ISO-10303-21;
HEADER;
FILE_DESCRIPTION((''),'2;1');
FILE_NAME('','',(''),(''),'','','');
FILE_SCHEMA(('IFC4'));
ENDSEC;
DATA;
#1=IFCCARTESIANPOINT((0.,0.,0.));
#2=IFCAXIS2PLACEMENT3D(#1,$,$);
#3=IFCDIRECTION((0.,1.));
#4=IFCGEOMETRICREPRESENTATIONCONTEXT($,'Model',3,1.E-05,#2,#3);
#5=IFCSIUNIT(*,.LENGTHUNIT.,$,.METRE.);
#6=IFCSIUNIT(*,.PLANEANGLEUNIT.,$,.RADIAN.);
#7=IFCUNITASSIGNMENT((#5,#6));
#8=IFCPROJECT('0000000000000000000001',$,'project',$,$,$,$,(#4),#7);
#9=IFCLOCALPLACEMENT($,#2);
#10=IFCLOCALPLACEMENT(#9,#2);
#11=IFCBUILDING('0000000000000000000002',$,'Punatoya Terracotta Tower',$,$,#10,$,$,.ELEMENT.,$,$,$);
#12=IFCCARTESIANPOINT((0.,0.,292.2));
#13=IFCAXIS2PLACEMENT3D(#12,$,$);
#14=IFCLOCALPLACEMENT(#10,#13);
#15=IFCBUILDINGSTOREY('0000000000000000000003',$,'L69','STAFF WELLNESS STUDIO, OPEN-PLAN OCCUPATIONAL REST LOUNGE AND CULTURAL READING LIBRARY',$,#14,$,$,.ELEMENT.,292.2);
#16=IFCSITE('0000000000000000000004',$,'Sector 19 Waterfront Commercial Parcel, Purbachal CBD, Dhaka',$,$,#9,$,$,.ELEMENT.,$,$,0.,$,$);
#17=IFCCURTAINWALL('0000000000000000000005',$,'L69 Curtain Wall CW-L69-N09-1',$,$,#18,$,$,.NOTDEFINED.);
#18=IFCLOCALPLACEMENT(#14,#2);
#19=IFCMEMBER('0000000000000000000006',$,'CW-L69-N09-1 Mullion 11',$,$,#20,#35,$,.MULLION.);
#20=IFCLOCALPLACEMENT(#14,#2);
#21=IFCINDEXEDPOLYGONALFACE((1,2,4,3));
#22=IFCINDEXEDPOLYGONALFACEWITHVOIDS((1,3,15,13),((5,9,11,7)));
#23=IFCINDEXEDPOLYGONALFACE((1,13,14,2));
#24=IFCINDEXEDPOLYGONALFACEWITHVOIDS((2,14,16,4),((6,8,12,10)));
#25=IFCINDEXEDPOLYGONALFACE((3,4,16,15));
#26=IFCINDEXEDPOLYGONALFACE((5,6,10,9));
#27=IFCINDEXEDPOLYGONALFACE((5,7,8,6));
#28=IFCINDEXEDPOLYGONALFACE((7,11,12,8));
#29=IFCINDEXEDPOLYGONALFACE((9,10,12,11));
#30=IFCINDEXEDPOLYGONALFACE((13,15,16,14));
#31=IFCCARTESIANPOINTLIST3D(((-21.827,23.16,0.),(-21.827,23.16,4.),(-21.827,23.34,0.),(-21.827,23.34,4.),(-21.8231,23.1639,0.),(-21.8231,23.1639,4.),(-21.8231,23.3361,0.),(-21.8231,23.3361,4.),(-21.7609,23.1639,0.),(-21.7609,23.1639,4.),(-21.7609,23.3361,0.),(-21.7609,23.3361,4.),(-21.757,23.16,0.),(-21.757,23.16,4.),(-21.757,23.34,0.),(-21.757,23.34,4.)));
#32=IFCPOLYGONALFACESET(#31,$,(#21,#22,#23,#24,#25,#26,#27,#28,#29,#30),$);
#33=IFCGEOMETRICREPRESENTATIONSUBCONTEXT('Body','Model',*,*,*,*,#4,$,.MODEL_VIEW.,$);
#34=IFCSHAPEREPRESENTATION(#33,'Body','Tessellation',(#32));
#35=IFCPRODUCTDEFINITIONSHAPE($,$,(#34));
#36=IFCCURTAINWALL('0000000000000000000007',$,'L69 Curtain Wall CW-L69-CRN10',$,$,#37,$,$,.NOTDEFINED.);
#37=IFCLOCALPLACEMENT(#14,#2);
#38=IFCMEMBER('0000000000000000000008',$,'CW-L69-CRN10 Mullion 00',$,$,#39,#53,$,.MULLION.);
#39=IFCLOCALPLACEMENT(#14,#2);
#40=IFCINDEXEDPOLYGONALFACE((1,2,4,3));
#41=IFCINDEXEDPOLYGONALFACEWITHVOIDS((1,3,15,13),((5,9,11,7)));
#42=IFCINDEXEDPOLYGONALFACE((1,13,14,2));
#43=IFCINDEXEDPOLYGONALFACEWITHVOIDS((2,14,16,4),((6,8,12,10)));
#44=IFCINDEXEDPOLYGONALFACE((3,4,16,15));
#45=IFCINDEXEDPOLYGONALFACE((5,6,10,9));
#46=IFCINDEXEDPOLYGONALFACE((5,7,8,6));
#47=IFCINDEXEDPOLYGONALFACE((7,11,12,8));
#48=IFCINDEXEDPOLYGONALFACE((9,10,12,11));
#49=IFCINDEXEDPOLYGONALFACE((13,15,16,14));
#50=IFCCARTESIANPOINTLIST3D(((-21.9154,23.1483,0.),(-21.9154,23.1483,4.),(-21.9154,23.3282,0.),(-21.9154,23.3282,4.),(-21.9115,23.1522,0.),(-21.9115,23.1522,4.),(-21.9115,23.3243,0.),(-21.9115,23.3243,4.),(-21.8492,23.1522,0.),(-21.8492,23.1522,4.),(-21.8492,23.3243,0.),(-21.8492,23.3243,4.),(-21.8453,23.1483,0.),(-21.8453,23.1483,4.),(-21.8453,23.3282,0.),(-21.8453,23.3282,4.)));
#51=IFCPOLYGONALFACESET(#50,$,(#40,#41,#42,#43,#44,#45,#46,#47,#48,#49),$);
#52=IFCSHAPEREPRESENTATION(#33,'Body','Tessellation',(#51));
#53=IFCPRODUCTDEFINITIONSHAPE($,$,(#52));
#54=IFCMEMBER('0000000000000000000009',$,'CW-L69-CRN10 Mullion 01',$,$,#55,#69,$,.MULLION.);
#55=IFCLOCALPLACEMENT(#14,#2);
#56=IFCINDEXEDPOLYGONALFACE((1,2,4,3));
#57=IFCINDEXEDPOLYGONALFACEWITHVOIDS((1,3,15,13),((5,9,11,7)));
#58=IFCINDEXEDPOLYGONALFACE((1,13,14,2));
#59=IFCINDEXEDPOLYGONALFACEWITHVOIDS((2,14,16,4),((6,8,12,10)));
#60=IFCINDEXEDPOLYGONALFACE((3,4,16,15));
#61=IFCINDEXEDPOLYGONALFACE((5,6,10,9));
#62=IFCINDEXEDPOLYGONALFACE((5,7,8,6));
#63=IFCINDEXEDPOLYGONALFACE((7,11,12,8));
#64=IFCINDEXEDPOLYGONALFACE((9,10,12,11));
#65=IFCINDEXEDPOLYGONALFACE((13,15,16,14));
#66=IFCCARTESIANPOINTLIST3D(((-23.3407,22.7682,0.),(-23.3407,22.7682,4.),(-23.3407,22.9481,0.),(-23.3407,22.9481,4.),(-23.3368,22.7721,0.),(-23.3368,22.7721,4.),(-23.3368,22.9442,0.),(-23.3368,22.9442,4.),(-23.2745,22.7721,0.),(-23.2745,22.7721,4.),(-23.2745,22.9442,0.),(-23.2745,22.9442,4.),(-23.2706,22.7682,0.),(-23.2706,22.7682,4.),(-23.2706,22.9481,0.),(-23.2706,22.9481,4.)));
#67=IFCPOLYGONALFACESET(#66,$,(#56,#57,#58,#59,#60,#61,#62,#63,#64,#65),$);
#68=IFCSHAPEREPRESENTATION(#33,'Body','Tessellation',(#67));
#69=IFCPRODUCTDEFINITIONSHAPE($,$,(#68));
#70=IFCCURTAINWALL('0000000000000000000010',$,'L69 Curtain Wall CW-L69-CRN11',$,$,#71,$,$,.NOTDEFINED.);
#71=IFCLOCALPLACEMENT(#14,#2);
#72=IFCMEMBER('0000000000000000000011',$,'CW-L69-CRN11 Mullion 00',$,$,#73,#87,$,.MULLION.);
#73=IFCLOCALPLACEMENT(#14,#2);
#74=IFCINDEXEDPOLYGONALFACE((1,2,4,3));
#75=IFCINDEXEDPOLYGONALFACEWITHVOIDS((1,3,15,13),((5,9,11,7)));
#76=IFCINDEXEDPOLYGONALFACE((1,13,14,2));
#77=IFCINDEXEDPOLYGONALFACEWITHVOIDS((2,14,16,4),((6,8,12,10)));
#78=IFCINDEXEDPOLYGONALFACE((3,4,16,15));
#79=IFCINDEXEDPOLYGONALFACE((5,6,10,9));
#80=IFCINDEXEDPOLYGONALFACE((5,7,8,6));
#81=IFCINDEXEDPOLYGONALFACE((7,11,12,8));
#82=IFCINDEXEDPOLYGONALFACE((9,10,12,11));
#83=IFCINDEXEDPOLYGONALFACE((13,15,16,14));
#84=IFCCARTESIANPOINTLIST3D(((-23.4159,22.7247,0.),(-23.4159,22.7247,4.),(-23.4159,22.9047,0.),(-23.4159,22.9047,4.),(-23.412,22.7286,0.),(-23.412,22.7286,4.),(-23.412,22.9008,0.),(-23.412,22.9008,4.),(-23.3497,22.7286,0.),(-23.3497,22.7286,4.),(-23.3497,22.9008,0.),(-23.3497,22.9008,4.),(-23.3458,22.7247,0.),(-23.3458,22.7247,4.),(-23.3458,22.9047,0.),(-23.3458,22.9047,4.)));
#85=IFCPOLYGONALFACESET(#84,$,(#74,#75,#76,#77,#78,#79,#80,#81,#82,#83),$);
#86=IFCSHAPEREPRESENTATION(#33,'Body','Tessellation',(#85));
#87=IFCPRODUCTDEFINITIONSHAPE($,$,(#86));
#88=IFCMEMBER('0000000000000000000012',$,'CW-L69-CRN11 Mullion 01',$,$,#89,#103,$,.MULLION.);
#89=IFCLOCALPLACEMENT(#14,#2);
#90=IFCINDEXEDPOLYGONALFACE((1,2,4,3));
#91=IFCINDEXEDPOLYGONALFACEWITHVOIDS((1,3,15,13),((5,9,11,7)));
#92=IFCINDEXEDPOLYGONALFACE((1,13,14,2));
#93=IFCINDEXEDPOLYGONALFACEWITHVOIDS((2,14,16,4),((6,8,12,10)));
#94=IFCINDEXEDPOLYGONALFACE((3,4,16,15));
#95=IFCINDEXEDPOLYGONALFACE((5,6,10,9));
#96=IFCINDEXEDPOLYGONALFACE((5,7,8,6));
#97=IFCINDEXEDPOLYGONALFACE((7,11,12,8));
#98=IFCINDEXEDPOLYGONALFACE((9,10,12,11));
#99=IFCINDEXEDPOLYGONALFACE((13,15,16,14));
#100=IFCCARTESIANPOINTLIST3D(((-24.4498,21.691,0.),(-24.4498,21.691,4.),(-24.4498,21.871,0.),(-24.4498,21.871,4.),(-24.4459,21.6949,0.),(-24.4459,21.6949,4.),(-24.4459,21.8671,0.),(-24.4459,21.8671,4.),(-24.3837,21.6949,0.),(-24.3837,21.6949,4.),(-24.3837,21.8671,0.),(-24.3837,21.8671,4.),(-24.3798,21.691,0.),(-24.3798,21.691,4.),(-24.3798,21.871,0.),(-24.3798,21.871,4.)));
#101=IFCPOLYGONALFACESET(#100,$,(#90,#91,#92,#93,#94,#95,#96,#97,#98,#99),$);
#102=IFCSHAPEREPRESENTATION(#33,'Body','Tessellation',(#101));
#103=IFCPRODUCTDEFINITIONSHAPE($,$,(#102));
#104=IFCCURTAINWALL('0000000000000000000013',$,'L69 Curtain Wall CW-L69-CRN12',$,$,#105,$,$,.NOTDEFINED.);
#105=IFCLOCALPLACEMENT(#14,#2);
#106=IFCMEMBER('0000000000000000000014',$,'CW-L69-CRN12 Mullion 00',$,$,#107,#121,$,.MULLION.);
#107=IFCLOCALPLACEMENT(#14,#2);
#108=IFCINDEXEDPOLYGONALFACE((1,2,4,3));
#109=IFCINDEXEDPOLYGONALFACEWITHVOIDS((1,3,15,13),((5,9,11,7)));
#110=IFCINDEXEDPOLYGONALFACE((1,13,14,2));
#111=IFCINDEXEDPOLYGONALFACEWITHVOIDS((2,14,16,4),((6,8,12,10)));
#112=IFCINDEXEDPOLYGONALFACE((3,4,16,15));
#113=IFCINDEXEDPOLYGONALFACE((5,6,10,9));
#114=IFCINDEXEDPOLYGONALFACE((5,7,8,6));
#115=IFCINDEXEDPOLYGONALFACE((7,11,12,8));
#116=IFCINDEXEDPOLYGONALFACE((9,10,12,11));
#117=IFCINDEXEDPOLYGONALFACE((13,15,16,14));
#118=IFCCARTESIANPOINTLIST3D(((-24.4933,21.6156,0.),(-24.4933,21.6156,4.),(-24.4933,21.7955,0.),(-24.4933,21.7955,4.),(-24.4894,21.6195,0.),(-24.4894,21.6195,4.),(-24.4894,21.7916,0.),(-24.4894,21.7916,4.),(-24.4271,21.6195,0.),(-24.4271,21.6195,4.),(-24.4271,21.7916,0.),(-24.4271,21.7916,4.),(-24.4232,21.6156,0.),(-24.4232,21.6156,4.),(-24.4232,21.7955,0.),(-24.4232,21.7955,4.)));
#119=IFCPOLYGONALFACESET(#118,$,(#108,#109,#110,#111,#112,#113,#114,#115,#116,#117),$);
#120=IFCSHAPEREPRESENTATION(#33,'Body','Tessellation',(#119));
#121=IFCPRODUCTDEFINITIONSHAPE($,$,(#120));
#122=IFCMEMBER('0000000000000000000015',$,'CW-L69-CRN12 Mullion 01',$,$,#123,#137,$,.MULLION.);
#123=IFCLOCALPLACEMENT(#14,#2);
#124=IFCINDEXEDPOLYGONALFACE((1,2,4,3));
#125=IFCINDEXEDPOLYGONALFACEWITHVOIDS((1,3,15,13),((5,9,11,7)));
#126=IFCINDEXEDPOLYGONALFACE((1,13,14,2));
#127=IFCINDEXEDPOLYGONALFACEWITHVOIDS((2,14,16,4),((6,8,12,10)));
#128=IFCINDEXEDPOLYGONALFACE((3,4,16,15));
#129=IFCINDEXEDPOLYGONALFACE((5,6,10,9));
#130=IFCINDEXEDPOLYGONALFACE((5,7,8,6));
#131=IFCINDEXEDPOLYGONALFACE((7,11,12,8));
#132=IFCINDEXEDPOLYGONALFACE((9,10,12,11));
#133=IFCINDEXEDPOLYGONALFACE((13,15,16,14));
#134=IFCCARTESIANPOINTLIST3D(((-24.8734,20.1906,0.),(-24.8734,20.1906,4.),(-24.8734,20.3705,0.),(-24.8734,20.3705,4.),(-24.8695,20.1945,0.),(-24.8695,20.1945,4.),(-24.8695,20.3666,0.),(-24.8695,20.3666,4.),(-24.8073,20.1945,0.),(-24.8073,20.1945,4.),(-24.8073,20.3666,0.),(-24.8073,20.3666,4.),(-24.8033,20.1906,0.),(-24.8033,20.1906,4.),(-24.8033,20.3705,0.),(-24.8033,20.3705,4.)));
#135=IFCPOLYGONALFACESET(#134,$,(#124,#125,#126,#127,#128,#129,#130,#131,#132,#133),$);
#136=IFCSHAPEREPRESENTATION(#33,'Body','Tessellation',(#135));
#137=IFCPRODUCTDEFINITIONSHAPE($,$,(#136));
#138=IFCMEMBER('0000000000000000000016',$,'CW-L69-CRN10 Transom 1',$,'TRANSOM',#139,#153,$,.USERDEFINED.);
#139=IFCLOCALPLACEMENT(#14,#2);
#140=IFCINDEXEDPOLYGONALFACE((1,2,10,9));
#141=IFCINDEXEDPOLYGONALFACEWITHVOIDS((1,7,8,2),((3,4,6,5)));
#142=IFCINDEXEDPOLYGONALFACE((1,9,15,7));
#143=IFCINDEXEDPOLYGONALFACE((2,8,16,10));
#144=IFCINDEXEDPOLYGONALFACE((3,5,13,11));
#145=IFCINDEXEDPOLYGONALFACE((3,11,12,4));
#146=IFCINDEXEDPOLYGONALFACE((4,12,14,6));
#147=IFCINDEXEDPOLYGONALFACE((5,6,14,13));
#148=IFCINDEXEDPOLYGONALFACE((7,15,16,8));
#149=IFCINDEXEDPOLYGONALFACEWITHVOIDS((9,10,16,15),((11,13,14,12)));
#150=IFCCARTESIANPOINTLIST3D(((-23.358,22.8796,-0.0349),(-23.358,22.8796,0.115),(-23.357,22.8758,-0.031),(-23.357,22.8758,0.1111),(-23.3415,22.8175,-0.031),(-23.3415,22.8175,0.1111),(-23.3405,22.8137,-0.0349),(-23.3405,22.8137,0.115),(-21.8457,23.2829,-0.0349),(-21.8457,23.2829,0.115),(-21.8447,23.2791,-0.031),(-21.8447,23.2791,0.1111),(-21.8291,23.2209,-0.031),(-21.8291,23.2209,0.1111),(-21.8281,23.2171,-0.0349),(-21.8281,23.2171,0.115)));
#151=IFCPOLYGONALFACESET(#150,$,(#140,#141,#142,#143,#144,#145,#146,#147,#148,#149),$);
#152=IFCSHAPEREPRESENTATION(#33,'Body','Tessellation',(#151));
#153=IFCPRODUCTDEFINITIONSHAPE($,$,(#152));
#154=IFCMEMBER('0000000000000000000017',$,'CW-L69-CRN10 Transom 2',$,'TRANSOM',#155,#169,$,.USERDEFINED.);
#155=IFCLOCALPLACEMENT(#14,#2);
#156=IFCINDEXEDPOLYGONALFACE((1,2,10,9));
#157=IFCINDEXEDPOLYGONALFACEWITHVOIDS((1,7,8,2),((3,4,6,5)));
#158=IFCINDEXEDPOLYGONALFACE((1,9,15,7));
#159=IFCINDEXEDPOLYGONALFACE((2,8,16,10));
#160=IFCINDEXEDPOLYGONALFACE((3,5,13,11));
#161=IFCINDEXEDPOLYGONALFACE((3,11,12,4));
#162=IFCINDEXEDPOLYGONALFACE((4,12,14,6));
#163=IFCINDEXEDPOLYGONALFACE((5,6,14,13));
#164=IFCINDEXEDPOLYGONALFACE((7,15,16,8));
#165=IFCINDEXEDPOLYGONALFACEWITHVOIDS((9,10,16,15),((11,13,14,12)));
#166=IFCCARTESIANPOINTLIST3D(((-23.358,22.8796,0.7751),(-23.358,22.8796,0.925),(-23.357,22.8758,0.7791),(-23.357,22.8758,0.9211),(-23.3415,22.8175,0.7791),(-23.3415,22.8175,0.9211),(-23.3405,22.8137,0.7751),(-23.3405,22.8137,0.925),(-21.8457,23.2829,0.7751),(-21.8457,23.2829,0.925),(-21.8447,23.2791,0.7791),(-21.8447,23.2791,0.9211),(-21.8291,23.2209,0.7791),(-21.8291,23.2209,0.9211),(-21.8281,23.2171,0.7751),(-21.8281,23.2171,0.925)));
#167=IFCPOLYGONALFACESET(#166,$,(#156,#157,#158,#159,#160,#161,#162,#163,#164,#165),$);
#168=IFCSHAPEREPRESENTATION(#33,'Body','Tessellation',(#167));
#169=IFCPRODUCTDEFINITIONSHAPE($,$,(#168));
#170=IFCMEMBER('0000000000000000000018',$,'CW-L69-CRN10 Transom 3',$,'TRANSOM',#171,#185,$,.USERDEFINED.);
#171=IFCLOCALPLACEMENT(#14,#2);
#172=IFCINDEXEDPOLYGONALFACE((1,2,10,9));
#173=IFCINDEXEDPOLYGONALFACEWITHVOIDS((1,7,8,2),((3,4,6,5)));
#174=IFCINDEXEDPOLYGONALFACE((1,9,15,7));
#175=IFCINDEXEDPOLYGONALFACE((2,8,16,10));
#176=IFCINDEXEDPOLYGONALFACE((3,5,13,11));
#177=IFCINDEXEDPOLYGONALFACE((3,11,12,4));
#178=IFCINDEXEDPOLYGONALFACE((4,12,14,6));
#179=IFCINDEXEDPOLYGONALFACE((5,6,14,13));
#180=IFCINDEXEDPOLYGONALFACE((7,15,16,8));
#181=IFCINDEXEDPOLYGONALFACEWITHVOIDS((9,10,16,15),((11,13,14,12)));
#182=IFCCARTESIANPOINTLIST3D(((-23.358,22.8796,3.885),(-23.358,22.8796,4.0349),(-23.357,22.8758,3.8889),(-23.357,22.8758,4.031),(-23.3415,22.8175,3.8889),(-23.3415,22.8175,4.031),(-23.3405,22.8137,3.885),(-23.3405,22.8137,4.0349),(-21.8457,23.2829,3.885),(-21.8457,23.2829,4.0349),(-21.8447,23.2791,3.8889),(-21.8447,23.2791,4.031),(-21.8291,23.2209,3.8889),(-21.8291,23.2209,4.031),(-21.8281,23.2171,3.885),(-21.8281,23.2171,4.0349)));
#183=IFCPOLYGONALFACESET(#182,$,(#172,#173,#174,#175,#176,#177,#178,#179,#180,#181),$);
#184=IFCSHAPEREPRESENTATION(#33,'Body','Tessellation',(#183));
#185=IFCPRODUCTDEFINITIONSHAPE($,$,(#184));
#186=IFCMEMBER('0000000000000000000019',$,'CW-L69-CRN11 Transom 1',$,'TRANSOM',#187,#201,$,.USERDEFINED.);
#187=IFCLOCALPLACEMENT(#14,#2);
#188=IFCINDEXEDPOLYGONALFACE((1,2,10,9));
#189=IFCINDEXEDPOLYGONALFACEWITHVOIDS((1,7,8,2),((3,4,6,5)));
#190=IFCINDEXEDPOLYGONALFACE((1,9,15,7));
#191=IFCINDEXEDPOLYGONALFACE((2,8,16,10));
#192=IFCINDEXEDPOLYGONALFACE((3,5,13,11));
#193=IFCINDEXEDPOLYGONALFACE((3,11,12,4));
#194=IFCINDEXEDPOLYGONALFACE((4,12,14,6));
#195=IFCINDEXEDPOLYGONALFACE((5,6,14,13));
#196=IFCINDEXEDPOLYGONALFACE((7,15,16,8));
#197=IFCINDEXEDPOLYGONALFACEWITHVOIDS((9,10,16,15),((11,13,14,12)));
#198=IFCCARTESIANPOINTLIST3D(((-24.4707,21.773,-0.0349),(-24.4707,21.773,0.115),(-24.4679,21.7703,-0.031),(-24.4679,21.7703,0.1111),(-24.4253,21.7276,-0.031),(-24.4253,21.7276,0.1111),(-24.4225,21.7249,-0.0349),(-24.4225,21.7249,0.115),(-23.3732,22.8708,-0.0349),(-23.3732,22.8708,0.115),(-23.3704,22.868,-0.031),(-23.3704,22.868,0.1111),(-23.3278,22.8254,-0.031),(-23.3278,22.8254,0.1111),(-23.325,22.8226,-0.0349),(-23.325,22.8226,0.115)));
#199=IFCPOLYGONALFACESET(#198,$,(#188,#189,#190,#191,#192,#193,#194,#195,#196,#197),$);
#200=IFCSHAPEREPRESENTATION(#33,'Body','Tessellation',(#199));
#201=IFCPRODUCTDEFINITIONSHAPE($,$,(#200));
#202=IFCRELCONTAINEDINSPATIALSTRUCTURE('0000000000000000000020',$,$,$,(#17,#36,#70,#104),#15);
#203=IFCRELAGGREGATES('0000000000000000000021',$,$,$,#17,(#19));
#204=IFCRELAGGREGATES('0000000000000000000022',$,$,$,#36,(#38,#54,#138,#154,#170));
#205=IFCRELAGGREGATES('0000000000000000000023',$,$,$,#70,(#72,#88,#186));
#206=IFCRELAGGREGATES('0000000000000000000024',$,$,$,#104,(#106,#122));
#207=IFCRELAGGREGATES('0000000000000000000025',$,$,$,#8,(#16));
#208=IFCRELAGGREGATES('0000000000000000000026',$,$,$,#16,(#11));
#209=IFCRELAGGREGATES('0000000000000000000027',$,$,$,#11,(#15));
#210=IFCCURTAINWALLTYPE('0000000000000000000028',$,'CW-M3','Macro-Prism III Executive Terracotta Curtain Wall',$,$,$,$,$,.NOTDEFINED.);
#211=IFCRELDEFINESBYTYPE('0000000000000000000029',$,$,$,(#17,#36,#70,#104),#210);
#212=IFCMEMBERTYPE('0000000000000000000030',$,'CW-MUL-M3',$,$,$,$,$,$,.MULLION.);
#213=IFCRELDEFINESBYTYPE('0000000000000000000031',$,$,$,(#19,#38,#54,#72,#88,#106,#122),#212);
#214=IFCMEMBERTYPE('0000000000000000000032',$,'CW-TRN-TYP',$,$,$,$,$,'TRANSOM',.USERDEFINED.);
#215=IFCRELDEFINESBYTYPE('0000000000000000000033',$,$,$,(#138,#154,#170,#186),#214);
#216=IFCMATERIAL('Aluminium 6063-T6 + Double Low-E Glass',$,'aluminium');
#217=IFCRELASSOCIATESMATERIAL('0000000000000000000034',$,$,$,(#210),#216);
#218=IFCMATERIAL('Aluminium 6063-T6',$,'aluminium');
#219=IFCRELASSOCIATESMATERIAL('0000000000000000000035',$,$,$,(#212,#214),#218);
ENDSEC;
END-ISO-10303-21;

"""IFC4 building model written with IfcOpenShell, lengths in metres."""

from ifc_helpers import new_model, si_unit, direction, frame, origin, origin_2d, place, context, subcontext, project, spatial, hollow_rectangle, extrude, material, material_profile, profile_set, type_object, element, aggregate, save


model = new_model("IFC4")

# Units and contexts
model_context = context("Model", 3, precision=1e-05, world=origin(), true_north=direction((0.0, 1.0)))
body_context = subcontext(model_context, "Body", "Model", "MODEL_VIEW")
ifc_project = project(units=[si_unit("LENGTHUNIT", "METRE"), si_unit("PLANEANGLEUNIT", "RADIAN")], contexts=[model_context])

# Site, building, storey
site_placement = place(None, origin())
site = spatial("IfcSite", under=ifc_project, at=site_placement, Name="Sector 19 Waterfront Commercial Parcel, Purbachal CBD, Dhaka", CompositionType="ELEMENT", RefElevation=0.0)
building_placement = place(site_placement, origin())
building = spatial("IfcBuilding", under=site, at=building_placement, Name="Punatoya Terracotta Tower", CompositionType="ELEMENT")
storey_placement = place(building_placement, frame((0.0, 0.0, 292.2)))
storey = spatial("IfcBuildingStorey", under=building, at=storey_placement, Name="L69", Description="STAFF WELLNESS STUDIO, OPEN-PLAN OCCUPATIONAL REST LOUNGE AND CULTURAL READING LIBRARY", CompositionType="ELEMENT", Elevation=292.2)

# Curtain wall, member
ifc_material_1 = material(Name="Aluminium 6063-T6 + Double Low-E Glass", Category="aluminium")
curtain_wall_type = type_object("IfcCurtainWallType", Name="CW-M3", Description="Macro-Prism III Executive Terracotta Curtain Wall", PredefinedType="NOTDEFINED", material=ifc_material_1)
curtain_wall_1_placement = place(storey_placement, origin())
curtain_wall_1 = element("IfcCurtainWall", 1, at=curtain_wall_1_placement, inside=storey, type_object=curtain_wall_type, Name="L69 Curtain Wall CW-L69-N09-1", PredefinedType="NOTDEFINED")
ifc_material_2 = material(Name="Aluminium 6063-T6", Category="aluminium")
ifc_material_profile_1 = material_profile(ifc_material_2, hollow_rectangle(XDim=0.0701, YDim=0.1799, WallThickness=0.0039, at=origin_2d()))
ifc_profile_set_1 = profile_set([ifc_material_profile_1], Name="Aluminium 6063-T6")
member_type_1 = type_object("IfcMemberType", Name="CW-MUL-M3", PredefinedType="MULLION", material=ifc_profile_set_1)
member_1_placement = place(storey_placement, frame((-21.792, 23.25, 0.0), z_axis=(0.0, 0.0, 1.0), x_axis=(1.0, 0.0, 0.0)))
member_1 = element("IfcMember", 2, at=member_1_placement, type_object=member_type_1, Name="CW-L69-N09-1 Mullion 11", PredefinedType="MULLION", context=body_context, shape_type="SweptSolid", body=[
    extrude(hollow_rectangle(XDim=0.0701, YDim=0.1799, WallThickness=0.0039, at=origin_2d()), origin(), (0.0, 0.0, 1.0), 4.0),
])

# Curtain walls, members
curtain_wall_2_placement = place(storey_placement, origin())
curtain_wall_2 = element("IfcCurtainWall", 3, at=curtain_wall_2_placement, inside=storey, type_object=curtain_wall_type, Name="L69 Curtain Wall CW-L69-CRN10", PredefinedType="NOTDEFINED")
member_2_placement = place(storey_placement, frame((-21.8804, 23.2383, 0.0), z_axis=(0.0, 0.0, 1.0), x_axis=(1.0, 0.0, 0.0)))
member_2 = element("IfcMember", 4, at=member_2_placement, type_object=member_type_1, Name="CW-L69-CRN10 Mullion 00", PredefinedType="MULLION", context=body_context, shape_type="SweptSolid", body=[
    extrude(hollow_rectangle(XDim=0.0701, YDim=0.1799, WallThickness=0.0039, at=origin_2d()), origin(), (0.0, 0.0, 1.0), 4.0),
])
member_3_placement = place(storey_placement, frame((-23.3057, 22.8582, 0.0), z_axis=(0.0, 0.0, 1.0), x_axis=(1.0, 0.0, 0.0)))
member_3 = element("IfcMember", 5, at=member_3_placement, type_object=member_type_1, Name="CW-L69-CRN10 Mullion 01", PredefinedType="MULLION", context=body_context, shape_type="SweptSolid", body=[
    extrude(hollow_rectangle(XDim=0.0701, YDim=0.1799, WallThickness=0.0039, at=origin_2d()), origin(), (0.0, 0.0, 1.0), 4.0),
])
curtain_wall_3_placement = place(storey_placement, origin())
curtain_wall_3 = element("IfcCurtainWall", 6, at=curtain_wall_3_placement, inside=storey, type_object=curtain_wall_type, Name="L69 Curtain Wall CW-L69-CRN11", PredefinedType="NOTDEFINED")
member_4_placement = place(storey_placement, frame((-23.3809, 22.8147, 0.0), z_axis=(0.0, 0.0, 1.0), x_axis=(1.0, 0.0, 0.0)))
member_4 = element("IfcMember", 7, at=member_4_placement, type_object=member_type_1, Name="CW-L69-CRN11 Mullion 00", PredefinedType="MULLION", context=body_context, shape_type="SweptSolid", body=[
    extrude(hollow_rectangle(XDim=0.0701, YDim=0.1799, WallThickness=0.0039, at=origin_2d()), origin(), (0.0, 0.0, 1.0), 4.0),
])
member_5_placement = place(storey_placement, frame((-24.4148, 21.781, 0.0), z_axis=(0.0, 0.0, 1.0), x_axis=(1.0, 0.0, 0.0)))
member_5 = element("IfcMember", 8, at=member_5_placement, type_object=member_type_1, Name="CW-L69-CRN11 Mullion 01", PredefinedType="MULLION", context=body_context, shape_type="SweptSolid", body=[
    extrude(hollow_rectangle(XDim=0.0701, YDim=0.1799, WallThickness=0.0039, at=origin_2d()), origin(), (0.0, 0.0, 1.0), 4.0),
])
curtain_wall_4_placement = place(storey_placement, origin())
curtain_wall_4 = element("IfcCurtainWall", 9, at=curtain_wall_4_placement, inside=storey, type_object=curtain_wall_type, Name="L69 Curtain Wall CW-L69-CRN12", PredefinedType="NOTDEFINED")
member_6_placement = place(storey_placement, frame((-24.4583, 21.7056, 0.0), z_axis=(0.0, 0.0, 1.0), x_axis=(1.0, 0.0, 0.0)))
member_6 = element("IfcMember", 10, at=member_6_placement, type_object=member_type_1, Name="CW-L69-CRN12 Mullion 00", PredefinedType="MULLION", context=body_context, shape_type="SweptSolid", body=[
    extrude(hollow_rectangle(XDim=0.0701, YDim=0.1799, WallThickness=0.0039, at=origin_2d()), origin(), (0.0, 0.0, 1.0), 4.0),
])
member_7_placement = place(storey_placement, frame((-24.8384, 20.2805, 0.0), z_axis=(0.0, 0.0, 1.0), x_axis=(1.0, 0.0, 0.0)))
member_7 = element("IfcMember", 11, at=member_7_placement, type_object=member_type_1, Name="CW-L69-CRN12 Mullion 01", PredefinedType="MULLION", context=body_context, shape_type="SweptSolid", body=[
    extrude(hollow_rectangle(XDim=0.0701, YDim=0.1799, WallThickness=0.0039, at=origin_2d()), origin(), (0.0, 0.0, 1.0), 4.0),
])

# Members
ifc_material_profile_2 = material_profile(ifc_material_2, hollow_rectangle(XDim=0.0681, YDim=0.1499, WallThickness=0.0039, at=origin_2d()))
ifc_profile_set_2 = profile_set([ifc_material_profile_2], Name="Aluminium 6063-T6")
member_type_2 = type_object("IfcMemberType", Name="CW-TRN-TYP", ElementType="TRANSOM", PredefinedType="USERDEFINED", material=ifc_profile_set_2)
member_8_placement = place(storey_placement, frame((-21.8369, 23.25, 0.04), z_axis=(-0.966225, -0.257701, 0.0), x_axis=(0.257701, -0.966225, 0.0)))
member_8 = element("IfcMember", 12, at=member_8_placement, type_object=member_type_2, Name="CW-L69-CRN10 Transom 1", ObjectType="TRANSOM", PredefinedType="USERDEFINED", context=body_context, shape_type="SweptSolid", body=[
    extrude(hollow_rectangle(XDim=0.0681, YDim=0.1499, WallThickness=0.0039, at=origin_2d()), origin(), (0.0, 0.0, 1.0), 1.5652),
])
member_9_placement = place(storey_placement, frame((-21.8369, 23.25, 0.8501), z_axis=(-0.966225, -0.257701, 0.0), x_axis=(0.257701, -0.966225, 0.0)))
member_9 = element("IfcMember", 13, at=member_9_placement, type_object=member_type_2, Name="CW-L69-CRN10 Transom 2", ObjectType="TRANSOM", PredefinedType="USERDEFINED", context=body_context, shape_type="SweptSolid", body=[
    extrude(hollow_rectangle(XDim=0.0681, YDim=0.1499, WallThickness=0.0039, at=origin_2d()), origin(), (0.0, 0.0, 1.0), 1.5652),
])
member_10_placement = place(storey_placement, frame((-21.8369, 23.25, 3.96), z_axis=(-0.966225, -0.257701, 0.0), x_axis=(0.257701, -0.966225, 0.0)))
member_10 = element("IfcMember", 14, at=member_10_placement, type_object=member_type_2, Name="CW-L69-CRN10 Transom 3", ObjectType="TRANSOM", PredefinedType="USERDEFINED", context=body_context, shape_type="SweptSolid", body=[
    extrude(hollow_rectangle(XDim=0.0681, YDim=0.1499, WallThickness=0.0039, at=origin_2d()), origin(), (0.0, 0.0, 1.0), 1.5652),
])
member_11_placement = place(storey_placement, frame((-23.3491, 22.8467, 0.04), z_axis=(-0.707028, -0.707185, 0.0), x_axis=(0.707185, -0.707028, 0.0)))
member_11 = element("IfcMember", 15, at=member_11_placement, type_object=member_type_2, Name="CW-L69-CRN11 Transom 1", ObjectType="TRANSOM", PredefinedType="USERDEFINED", context=body_context, shape_type="SweptSolid", body=[
    extrude(hollow_rectangle(XDim=0.0681, YDim=0.1499, WallThickness=0.0039, at=origin_2d()), origin(), (0.0, 0.0, 1.0), 1.5522),
])

aggregate(curtain_wall_1, [member_1])
aggregate(curtain_wall_2, [member_2, member_3, member_8, member_9, member_10])
aggregate(curtain_wall_3, [member_4, member_5, member_11])
aggregate(curtain_wall_4, [member_6, member_7])

save(model, "model.ifc")
